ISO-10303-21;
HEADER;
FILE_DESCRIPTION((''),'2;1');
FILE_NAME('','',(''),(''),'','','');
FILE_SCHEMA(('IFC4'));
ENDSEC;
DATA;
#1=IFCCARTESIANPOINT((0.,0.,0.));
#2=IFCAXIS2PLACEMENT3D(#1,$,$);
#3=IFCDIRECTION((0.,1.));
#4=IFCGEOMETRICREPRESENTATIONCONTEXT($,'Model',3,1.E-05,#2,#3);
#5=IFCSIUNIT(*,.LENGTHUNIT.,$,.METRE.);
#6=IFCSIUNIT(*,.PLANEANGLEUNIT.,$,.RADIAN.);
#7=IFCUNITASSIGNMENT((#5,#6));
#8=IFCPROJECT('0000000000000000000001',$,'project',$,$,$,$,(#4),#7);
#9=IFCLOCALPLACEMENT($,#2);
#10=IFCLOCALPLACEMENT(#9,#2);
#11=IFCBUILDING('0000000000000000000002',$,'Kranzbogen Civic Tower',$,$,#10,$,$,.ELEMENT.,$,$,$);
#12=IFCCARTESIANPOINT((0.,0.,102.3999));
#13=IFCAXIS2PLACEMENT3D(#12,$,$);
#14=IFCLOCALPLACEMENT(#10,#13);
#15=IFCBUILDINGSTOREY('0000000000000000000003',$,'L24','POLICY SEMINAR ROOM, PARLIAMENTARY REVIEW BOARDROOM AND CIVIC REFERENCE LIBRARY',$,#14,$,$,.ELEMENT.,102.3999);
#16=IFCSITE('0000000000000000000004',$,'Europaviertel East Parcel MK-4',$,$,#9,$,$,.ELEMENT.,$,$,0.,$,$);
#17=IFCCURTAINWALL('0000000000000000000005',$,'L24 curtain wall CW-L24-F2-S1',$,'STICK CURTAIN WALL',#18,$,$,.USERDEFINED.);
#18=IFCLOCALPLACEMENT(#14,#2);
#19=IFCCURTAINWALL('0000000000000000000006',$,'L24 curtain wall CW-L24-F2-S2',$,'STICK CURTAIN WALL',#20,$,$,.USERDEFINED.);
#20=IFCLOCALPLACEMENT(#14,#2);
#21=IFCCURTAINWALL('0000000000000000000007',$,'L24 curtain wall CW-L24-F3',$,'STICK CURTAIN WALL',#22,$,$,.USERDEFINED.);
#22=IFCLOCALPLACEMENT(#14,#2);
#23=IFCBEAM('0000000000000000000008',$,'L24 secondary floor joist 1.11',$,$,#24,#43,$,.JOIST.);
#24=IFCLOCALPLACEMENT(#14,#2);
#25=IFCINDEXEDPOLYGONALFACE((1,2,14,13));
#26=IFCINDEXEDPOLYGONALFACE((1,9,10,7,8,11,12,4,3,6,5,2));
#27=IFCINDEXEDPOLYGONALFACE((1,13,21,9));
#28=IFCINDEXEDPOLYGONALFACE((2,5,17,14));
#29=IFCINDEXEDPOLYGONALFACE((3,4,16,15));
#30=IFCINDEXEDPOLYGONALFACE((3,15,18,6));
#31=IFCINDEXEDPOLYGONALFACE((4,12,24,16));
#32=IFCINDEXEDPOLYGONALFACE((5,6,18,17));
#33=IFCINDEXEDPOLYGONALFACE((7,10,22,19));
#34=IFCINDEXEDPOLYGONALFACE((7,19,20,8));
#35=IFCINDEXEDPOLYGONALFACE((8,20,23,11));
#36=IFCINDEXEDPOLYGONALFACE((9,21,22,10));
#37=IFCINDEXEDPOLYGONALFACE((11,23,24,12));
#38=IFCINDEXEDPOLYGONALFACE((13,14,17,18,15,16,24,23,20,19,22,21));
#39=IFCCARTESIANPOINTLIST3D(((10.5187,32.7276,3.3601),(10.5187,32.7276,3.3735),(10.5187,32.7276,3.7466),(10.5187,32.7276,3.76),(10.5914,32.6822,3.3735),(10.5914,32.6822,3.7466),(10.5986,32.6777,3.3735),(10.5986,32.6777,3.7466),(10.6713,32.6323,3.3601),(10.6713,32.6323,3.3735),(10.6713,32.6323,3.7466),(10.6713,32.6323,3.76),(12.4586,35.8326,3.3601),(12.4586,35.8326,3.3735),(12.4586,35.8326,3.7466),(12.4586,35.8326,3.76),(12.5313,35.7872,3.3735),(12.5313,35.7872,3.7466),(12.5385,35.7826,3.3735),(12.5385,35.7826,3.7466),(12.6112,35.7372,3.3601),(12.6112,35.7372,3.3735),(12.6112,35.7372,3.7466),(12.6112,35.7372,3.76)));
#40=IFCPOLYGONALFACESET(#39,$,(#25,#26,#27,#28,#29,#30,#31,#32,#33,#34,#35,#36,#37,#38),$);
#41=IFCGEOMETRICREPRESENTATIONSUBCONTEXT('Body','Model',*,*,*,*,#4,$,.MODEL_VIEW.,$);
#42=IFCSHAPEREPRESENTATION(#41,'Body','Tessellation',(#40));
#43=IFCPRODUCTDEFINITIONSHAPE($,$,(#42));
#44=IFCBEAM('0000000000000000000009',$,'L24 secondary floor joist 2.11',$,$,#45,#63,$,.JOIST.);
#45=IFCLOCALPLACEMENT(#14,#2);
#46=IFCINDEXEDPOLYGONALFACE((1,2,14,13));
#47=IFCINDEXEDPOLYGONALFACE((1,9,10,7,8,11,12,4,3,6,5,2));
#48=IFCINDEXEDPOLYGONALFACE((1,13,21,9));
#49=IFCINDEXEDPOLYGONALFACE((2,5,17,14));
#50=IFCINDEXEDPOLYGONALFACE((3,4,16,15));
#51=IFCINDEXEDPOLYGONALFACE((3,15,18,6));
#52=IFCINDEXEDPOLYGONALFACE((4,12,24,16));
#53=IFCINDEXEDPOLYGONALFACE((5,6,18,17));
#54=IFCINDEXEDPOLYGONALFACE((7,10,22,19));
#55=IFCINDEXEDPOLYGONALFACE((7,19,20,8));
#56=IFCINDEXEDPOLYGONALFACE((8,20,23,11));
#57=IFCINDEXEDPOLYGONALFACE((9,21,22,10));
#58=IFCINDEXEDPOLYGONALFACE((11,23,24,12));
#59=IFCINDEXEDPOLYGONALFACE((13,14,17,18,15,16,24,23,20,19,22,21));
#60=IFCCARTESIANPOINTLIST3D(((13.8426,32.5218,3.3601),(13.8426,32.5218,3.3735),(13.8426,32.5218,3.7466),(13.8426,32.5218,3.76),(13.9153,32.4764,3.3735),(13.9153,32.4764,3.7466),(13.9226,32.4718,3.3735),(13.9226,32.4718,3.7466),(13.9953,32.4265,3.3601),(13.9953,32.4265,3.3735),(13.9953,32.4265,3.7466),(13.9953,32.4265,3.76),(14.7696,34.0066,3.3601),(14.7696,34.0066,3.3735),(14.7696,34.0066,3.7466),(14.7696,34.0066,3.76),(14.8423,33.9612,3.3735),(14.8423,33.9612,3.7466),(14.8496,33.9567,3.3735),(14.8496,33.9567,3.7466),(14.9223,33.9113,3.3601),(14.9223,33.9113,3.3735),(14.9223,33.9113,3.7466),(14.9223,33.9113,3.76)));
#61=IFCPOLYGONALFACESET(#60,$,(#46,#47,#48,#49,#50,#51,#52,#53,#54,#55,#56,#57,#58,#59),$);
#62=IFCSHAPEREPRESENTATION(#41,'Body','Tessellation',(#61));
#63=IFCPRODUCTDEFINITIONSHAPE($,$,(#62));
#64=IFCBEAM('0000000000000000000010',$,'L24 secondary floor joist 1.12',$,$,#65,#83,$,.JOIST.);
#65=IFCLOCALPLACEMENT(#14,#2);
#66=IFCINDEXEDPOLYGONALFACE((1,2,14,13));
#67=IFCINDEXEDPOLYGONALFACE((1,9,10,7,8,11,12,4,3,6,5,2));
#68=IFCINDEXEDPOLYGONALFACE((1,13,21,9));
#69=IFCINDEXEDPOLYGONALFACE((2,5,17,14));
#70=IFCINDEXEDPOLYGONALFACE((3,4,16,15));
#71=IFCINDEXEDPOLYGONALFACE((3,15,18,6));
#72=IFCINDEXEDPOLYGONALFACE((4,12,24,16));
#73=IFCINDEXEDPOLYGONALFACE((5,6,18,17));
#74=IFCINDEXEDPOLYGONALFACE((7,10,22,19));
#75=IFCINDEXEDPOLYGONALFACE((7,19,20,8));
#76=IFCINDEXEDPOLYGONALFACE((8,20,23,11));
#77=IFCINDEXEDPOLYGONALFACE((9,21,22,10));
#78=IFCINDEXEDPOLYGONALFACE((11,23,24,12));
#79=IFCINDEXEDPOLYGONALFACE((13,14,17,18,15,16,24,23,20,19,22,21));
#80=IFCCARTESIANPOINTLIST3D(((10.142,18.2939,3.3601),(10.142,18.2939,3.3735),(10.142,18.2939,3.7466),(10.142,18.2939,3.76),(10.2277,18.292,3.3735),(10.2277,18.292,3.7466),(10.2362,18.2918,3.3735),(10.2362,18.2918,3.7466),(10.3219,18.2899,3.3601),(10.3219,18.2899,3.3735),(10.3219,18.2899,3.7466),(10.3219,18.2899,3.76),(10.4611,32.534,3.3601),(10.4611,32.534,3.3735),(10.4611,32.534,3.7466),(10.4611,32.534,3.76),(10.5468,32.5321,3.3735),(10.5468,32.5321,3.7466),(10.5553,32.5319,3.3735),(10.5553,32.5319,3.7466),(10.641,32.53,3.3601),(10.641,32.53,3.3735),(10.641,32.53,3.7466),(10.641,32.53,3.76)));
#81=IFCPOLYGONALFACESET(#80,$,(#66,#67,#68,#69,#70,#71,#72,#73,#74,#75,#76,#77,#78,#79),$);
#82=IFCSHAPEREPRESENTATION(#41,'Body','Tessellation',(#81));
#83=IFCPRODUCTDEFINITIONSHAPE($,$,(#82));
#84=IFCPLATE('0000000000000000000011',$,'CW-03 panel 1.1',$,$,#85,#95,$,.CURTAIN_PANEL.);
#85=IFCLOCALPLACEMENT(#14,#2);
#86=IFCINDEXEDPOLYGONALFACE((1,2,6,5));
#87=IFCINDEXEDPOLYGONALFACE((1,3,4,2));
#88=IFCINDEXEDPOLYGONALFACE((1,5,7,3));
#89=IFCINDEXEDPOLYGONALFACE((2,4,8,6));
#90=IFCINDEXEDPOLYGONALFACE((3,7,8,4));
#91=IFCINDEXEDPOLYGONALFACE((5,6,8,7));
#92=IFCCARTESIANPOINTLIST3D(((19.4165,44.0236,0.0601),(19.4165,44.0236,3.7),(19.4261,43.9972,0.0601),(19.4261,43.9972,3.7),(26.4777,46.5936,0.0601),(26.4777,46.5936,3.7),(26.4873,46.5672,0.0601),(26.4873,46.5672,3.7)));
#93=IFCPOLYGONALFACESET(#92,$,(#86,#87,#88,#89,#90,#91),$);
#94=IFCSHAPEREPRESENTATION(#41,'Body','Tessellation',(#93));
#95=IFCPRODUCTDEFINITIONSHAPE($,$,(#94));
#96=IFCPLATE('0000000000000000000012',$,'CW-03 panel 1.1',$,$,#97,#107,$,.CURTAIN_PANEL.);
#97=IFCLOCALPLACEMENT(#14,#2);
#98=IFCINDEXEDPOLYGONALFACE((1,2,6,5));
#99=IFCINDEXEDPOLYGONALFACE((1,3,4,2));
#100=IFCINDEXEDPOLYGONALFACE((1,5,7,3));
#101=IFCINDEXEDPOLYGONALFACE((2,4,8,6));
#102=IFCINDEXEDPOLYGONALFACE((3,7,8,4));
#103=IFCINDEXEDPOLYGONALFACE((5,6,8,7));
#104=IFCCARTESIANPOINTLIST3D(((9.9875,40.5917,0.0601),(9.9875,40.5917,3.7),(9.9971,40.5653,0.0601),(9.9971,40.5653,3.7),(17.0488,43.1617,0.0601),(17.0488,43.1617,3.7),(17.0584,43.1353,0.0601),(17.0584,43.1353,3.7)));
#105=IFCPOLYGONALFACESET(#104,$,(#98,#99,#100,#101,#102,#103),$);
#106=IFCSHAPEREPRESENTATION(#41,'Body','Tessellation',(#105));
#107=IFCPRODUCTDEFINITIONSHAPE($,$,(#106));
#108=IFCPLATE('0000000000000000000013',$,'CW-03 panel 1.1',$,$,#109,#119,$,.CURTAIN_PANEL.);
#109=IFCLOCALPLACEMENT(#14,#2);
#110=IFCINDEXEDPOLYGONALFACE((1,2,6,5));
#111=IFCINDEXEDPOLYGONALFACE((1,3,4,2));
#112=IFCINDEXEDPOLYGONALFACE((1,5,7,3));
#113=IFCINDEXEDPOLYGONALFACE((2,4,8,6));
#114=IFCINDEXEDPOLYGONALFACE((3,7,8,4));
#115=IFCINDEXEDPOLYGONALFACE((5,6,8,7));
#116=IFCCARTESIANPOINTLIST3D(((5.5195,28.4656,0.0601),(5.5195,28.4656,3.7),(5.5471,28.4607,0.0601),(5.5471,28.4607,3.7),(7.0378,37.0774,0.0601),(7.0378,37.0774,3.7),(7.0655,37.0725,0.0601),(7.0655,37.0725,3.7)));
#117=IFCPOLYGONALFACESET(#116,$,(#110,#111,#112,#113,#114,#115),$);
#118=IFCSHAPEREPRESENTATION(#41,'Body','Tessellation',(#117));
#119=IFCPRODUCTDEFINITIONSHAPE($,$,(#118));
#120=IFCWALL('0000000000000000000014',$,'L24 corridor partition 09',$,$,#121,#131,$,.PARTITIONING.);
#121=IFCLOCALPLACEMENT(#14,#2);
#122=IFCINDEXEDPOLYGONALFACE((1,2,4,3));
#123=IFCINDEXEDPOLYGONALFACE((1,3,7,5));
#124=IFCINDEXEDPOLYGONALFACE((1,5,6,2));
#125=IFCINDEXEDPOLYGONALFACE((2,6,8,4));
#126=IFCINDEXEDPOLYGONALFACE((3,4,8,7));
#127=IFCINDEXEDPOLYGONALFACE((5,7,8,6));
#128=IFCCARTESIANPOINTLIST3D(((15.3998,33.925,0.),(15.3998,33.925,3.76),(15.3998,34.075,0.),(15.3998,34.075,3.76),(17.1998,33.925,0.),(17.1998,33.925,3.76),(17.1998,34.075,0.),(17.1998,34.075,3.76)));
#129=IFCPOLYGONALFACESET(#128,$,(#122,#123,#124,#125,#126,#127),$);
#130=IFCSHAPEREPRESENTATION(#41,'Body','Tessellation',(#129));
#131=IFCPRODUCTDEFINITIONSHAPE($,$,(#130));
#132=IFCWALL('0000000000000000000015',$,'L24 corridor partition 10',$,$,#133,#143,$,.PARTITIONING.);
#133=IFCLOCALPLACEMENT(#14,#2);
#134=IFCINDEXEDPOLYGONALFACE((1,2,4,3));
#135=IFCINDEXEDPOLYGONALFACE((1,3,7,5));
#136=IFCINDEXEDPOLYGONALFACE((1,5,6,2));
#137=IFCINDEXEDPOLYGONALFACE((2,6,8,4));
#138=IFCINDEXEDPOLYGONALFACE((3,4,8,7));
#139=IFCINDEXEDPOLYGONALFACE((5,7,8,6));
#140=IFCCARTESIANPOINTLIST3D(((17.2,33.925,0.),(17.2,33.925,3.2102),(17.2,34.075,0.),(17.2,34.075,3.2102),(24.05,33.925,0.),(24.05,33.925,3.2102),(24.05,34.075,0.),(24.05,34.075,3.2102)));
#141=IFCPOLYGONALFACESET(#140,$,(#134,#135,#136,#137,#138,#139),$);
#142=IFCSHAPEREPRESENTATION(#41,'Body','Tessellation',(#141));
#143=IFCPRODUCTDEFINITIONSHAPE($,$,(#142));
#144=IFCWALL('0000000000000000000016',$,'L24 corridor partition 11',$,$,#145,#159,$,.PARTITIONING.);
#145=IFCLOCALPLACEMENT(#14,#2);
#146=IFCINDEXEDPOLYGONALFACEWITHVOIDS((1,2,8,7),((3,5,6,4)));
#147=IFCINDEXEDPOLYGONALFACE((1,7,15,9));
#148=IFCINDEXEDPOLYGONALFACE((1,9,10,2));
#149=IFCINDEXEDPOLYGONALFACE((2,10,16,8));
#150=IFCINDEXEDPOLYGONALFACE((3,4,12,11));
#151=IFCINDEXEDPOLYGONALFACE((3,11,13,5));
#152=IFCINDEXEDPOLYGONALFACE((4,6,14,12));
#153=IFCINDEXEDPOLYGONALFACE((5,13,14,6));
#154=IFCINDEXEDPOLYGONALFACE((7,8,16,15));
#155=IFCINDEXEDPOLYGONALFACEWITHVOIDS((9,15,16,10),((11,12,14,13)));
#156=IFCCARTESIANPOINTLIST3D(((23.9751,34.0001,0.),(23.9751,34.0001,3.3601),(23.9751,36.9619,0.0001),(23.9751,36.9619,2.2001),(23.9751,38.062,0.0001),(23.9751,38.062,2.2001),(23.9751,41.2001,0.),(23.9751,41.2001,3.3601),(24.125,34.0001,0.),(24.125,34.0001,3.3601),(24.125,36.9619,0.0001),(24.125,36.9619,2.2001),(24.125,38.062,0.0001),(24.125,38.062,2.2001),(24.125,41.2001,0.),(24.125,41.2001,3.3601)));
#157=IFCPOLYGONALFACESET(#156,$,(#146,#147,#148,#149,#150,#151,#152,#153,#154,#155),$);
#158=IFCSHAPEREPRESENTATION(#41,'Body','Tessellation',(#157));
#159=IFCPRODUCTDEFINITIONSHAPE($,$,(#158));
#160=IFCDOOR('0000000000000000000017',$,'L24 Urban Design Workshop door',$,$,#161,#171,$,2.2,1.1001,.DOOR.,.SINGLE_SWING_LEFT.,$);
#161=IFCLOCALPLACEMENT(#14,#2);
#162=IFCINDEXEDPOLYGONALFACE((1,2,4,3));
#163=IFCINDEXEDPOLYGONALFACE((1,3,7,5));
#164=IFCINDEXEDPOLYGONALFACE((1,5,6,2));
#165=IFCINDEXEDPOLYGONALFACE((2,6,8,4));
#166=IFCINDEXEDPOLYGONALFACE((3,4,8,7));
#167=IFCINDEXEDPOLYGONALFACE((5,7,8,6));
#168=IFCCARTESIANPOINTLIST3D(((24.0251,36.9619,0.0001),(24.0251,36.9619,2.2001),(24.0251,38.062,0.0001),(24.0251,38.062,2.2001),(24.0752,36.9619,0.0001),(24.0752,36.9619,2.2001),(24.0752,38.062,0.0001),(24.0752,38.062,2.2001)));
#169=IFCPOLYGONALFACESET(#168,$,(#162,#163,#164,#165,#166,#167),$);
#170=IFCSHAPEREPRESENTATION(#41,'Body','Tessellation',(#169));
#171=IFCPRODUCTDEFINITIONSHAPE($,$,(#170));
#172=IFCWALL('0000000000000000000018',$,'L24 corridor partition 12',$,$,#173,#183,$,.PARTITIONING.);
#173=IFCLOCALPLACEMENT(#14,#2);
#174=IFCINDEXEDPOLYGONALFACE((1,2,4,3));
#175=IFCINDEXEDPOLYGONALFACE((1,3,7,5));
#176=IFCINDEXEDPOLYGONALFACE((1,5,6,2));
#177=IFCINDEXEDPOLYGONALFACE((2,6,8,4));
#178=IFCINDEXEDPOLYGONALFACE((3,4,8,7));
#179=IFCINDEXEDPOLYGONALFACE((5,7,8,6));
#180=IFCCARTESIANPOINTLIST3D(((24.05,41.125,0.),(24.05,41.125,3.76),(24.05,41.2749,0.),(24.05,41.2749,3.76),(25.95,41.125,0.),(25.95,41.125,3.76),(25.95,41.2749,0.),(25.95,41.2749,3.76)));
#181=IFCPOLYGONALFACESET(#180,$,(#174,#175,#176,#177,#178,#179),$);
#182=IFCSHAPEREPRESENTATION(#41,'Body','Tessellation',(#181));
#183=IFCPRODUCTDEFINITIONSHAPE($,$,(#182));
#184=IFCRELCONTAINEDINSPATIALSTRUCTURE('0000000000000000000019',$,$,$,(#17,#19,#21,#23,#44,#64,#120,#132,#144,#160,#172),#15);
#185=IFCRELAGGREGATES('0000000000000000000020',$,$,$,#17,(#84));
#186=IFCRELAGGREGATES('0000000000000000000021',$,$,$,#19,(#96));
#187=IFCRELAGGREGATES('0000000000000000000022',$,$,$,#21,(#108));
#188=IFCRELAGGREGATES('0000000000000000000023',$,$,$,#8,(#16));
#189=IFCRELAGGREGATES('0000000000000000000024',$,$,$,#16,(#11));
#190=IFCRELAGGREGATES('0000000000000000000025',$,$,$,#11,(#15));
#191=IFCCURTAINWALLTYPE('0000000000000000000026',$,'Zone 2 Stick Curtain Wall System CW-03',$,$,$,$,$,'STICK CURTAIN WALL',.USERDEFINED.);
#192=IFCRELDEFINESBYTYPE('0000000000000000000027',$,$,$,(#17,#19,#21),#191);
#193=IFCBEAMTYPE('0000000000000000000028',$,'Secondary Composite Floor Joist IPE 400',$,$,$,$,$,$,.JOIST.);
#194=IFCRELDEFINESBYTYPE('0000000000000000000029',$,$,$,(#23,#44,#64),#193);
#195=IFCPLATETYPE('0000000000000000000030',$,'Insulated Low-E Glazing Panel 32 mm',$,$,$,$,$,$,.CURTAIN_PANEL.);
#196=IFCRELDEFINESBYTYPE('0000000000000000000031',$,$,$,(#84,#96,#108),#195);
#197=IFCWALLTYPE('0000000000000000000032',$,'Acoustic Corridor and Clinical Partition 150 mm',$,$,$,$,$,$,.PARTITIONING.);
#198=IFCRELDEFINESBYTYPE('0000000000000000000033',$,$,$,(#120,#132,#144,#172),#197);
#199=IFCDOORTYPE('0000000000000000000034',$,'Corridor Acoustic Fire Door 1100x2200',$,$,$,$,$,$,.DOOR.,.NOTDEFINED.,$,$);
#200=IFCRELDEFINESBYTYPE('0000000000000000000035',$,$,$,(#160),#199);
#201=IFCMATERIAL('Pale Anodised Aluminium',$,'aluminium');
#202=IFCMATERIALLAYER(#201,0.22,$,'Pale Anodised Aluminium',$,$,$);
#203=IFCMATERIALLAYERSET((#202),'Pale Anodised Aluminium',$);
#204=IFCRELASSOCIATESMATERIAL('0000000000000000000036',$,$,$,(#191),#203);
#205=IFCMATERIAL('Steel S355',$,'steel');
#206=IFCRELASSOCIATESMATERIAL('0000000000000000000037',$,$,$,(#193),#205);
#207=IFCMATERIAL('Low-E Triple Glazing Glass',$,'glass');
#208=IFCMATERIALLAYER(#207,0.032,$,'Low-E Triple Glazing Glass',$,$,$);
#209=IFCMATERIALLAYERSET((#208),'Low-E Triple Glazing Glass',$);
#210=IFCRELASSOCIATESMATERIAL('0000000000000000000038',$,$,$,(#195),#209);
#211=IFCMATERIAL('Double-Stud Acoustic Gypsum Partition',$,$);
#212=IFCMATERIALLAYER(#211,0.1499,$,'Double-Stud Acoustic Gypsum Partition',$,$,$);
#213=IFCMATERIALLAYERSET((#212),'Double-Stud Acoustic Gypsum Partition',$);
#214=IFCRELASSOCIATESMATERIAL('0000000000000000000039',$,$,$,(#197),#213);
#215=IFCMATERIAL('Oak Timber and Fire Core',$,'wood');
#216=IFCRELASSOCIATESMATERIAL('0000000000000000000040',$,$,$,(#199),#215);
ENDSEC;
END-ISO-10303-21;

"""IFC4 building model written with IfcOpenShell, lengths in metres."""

from ifc_helpers import new_model, si_unit, direction, frame, frame_2d, origin, origin_2d, place, context, subcontext, project, spatial, rectangle, i_section, extrude, material, layer, layer_set, material_profile, profile_set, type_object, element, fill, aggregate, save


model = new_model("IFC4")

# Units and contexts
model_context = context("Model", 3, precision=1e-05, world=origin(), true_north=direction((0.0, 1.0)))
body_context = subcontext(model_context, "Body", "Model", "MODEL_VIEW")
ifc_project = project(units=[si_unit("LENGTHUNIT", "METRE"), si_unit("PLANEANGLEUNIT", "RADIAN")], contexts=[model_context])

# Site, building, storey
site_placement = place(None, origin())
site = spatial("IfcSite", under=ifc_project, at=site_placement, Name="Europaviertel East Parcel MK-4", CompositionType="ELEMENT", RefElevation=0.0)
building_placement = place(site_placement, origin())
building = spatial("IfcBuilding", under=site, at=building_placement, Name="Kranzbogen Civic Tower", CompositionType="ELEMENT")
storey_placement = place(building_placement, frame((0.0, 0.0, 102.3999)))
storey = spatial("IfcBuildingStorey", under=building, at=storey_placement, Name="L24", Description="POLICY SEMINAR ROOM, PARLIAMENTARY REVIEW BOARDROOM AND CIVIC REFERENCE LIBRARY", CompositionType="ELEMENT", Elevation=102.3999)

# Curtain wall
ifc_material_1 = material(Name="Pale Anodised Aluminium", Category="aluminium")
ifc_layer_1 = layer(ifc_material_1, 0.22, Name="Pale Anodised Aluminium")
ifc_layer_set_1 = layer_set([ifc_layer_1], Name="Pale Anodised Aluminium")
curtain_wall_type = type_object("IfcCurtainWallType", Name="Zone 2 Stick Curtain Wall System CW-03", ElementType="STICK CURTAIN WALL", PredefinedType="USERDEFINED", material=ifc_layer_set_1)
curtain_wall_1_placement = place(storey_placement, origin())
curtain_wall_1 = element("IfcCurtainWall", 1, at=curtain_wall_1_placement, inside=storey, type_object=curtain_wall_type, Name="L24 curtain wall CW-L24-F2-S1", ObjectType="STICK CURTAIN WALL", PredefinedType="USERDEFINED")

# Curtain wall
curtain_wall_2_placement = place(storey_placement, origin())
curtain_wall_2 = element("IfcCurtainWall", 2, at=curtain_wall_2_placement, inside=storey, type_object=curtain_wall_type, Name="L24 curtain wall CW-L24-F2-S2", ObjectType="STICK CURTAIN WALL", PredefinedType="USERDEFINED")

# Curtain wall
curtain_wall_3_placement = place(storey_placement, origin())
curtain_wall_3 = element("IfcCurtainWall", 3, at=curtain_wall_3_placement, inside=storey, type_object=curtain_wall_type, Name="L24 curtain wall CW-L24-F3", ObjectType="STICK CURTAIN WALL", PredefinedType="USERDEFINED")

# Beams
ifc_material_2 = material(Name="Steel S355", Category="steel")
ifc_material_profile_1 = material_profile(ifc_material_2, i_section(OverallWidth=0.1799, OverallDepth=0.3999, WebThickness=0.0085, FlangeThickness=0.0134, at=origin_2d()), Name="IPE 400")
ifc_profile_set_1 = profile_set([ifc_material_profile_1], Name="Steel S355")
beam_type_1 = type_object("IfcBeamType", Name="Secondary Composite Floor Joist IPE 400", PredefinedType="JOIST", material=ifc_profile_set_1)
beam_1_placement = place(storey_placement, frame((12.5349, 35.7849, 3.5601), z_axis=(-0.529867, -0.848081, 0.0), x_axis=(0.848081, -0.529867, 0.0)))
element("IfcBeam", 4, at=beam_1_placement, inside=storey, type_object=beam_type_1, Name="L24 secondary floor joist 1.11", PredefinedType="JOIST", context=body_context, shape_type="SweptSolid", body=[
    extrude(i_section(OverallWidth=0.1799, OverallDepth=0.3999, WebThickness=0.0085, FlangeThickness=0.0134, at=origin_2d()), origin(), (0.0, 0.0, 1.0), 3.6611),
])
beam_2_placement = place(storey_placement, frame((14.8459, 33.959, 3.5601), z_axis=(-0.529573, -0.848265, 0.0), x_axis=(0.848265, -0.529573, 0.0)))
element("IfcBeam", 5, at=beam_2_placement, inside=storey, type_object=beam_type_1, Name="L24 secondary floor joist 2.11", PredefinedType="JOIST", context=body_context, shape_type="SweptSolid", body=[
    extrude(i_section(OverallWidth=0.1799, OverallDepth=0.3999, WebThickness=0.0085, FlangeThickness=0.0134, at=origin_2d()), origin(), (0.0, 0.0, 1.0), 1.7505),
])
beam_3_placement = place(storey_placement, frame((10.551, 32.532, 3.5601), z_axis=(-0.022403, -0.999749, 0.0), x_axis=(0.999749, -0.022403, 0.0)))
element("IfcBeam", 6, at=beam_3_placement, inside=storey, type_object=beam_type_1, Name="L24 secondary floor joist 1.12", PredefinedType="JOIST", context=body_context, shape_type="SweptSolid", body=[
    extrude(i_section(OverallWidth=0.1799, OverallDepth=0.3999, WebThickness=0.0085, FlangeThickness=0.0134, at=origin_2d()), origin(), (0.0, 0.0, 1.0), 14.2437),
])

# Plates
ifc_material_3 = material(Name="Low-E Triple Glazing Glass", Category="glass")
ifc_layer_2 = layer(ifc_material_3, 0.032, Name="Low-E Triple Glazing Glass")
ifc_layer_set_2 = layer_set([ifc_layer_2], Name="Low-E Triple Glazing Glass")
plate_type = type_object("IfcPlateType", Name="Insulated Low-E Glazing Panel 32 mm", PredefinedType="CURTAIN_PANEL", material=ifc_layer_set_2)
plate_1_placement = place(storey_placement, frame((22.9519, 45.2954, 0.0601), z_axis=(0.0, 0.0, 1.0), x_axis=(-0.939698, -0.342006, 0.0)))
plate_1 = element("IfcPlate", 7, at=plate_1_placement, type_object=plate_type, Name="CW-03 panel 1.1", PredefinedType="CURTAIN_PANEL", context=body_context, shape_type="SweptSolid", body=[
    extrude(rectangle(XDim=7.5144, YDim=0.0281, at=origin_2d()), origin(), (0.0, 0.0, 1.0), 3.6399),
])
aggregate(curtain_wall_1, [plate_1])
plate_2_placement = place(storey_placement, frame((13.5229, 41.8635, 0.0601), z_axis=(0.0, 0.0, 1.0), x_axis=(-0.939698, -0.342006, 0.0)))
plate_2 = element("IfcPlate", 8, at=plate_2_placement, type_object=plate_type, Name="CW-03 panel 1.1", PredefinedType="CURTAIN_PANEL", context=body_context, shape_type="SweptSolid", body=[
    extrude(rectangle(XDim=7.5144, YDim=0.0281, at=origin_2d()), origin(), (0.0, 0.0, 1.0), 3.6399),
])
aggregate(curtain_wall_2, [plate_2])
plate_3_placement = place(storey_placement, frame((6.2925, 32.769, 0.0601), z_axis=(0.0, 0.0, 1.0), x_axis=(-0.173634, -0.98481, 0.0)))
plate_3 = element("IfcPlate", 9, at=plate_3_placement, type_object=plate_type, Name="CW-03 panel 1.1", PredefinedType="CURTAIN_PANEL", context=body_context, shape_type="SweptSolid", body=[
    extrude(rectangle(XDim=8.7446, YDim=0.0281, at=origin_2d()), origin(), (0.0, 0.0, 1.0), 3.6399),
])
aggregate(curtain_wall_3, [plate_3])

# Walls
ifc_material_4 = material(Name="Double-Stud Acoustic Gypsum Partition")
ifc_layer_3 = layer(ifc_material_4, 0.1499, Name="Double-Stud Acoustic Gypsum Partition")
ifc_layer_set_3 = layer_set([ifc_layer_3], Name="Double-Stud Acoustic Gypsum Partition")
wall_type_1 = type_object("IfcWallType", Name="Acoustic Corridor and Clinical Partition 150 mm", PredefinedType="PARTITIONING", material=ifc_layer_set_3)
wall_1_placement = place(storey_placement, frame((15.3999, 34.0, 0.0), z_axis=(0.0, 0.0, 1.0), x_axis=(1.0, 0.0, 0.0)))
element("IfcWall", 10, at=wall_1_placement, inside=storey, type_object=wall_type_1, Name="L24 corridor partition 09", PredefinedType="PARTITIONING", context=body_context, shape_type="SweptSolid", body=[
    extrude(rectangle(XDim=1.8, YDim=0.1499, at=frame_2d((0.8999, 0.0))), origin(), (0.0, 0.0, 1.0), 3.76),
])
wall_2_placement = place(storey_placement, frame((17.2, 34.0, 0.0), z_axis=(0.0, 0.0, 1.0), x_axis=(1.0, 0.0, 0.0)))
element("IfcWall", 11, at=wall_2_placement, inside=storey, type_object=wall_type_1, Name="L24 corridor partition 10", PredefinedType="PARTITIONING", context=body_context, shape_type="SweptSolid", body=[
    extrude(rectangle(XDim=6.8501, YDim=0.1499, at=frame_2d((3.425, 0.0))), origin(), (0.0, 0.0, 1.0), 3.2102),
])

# Wall, opening, door
wall_3_placement = place(storey_placement, frame((24.05, 34.0, 0.0), z_axis=(0.0, 0.0, 1.0), x_axis=(0.0, 1.0, 0.0)))
wall_3 = element("IfcWall", 12, at=wall_3_placement, inside=storey, type_object=wall_type_1, Name="L24 corridor partition 11", PredefinedType="PARTITIONING", context=body_context, shape_type="SweptSolid", body=[
    extrude(rectangle(XDim=7.2, YDim=0.1499, at=frame_2d((3.6001, 0.0))), origin(), (0.0, 0.0, 1.0), 3.3601),
])
opening_1_placement = place(wall_3_placement, frame((2.9619, 0.0, 0.0)))
opening_1 = element("IfcOpeningElement", 13, at=opening_1_placement, cuts=wall_3, PredefinedType="OPENING", context=body_context, shape_type="SweptSolid", body=[
    extrude(rectangle(XDim=1.1001, YDim=2.2, at=frame_2d((0.55, 1.1001))), frame((0.0, 0.085, 0.0), z_axis=(0.0, -1.0, 0.0), x_axis=(1.0, 0.0, 0.0)), (0.0, 0.0, 1.0), 0.1699),
])
ifc_material_5 = material(Name="Oak Timber and Fire Core", Category="wood")
door_type_1 = type_object("IfcDoorType", Name="Corridor Acoustic Fire Door 1100x2200", OperationType="NOTDEFINED", PredefinedType="DOOR", material=ifc_material_5)
door_1_placement = place(opening_1_placement, origin())
door_1 = element("IfcDoor", 14, at=door_1_placement, inside=storey, type_object=door_type_1, Name="L24 Urban Design Workshop door", OperationType="SINGLE_SWING_LEFT", OverallHeight=2.2, OverallWidth=1.1001, PredefinedType="DOOR", context=body_context, shape_type="SweptSolid", body=[
    extrude(rectangle(XDim=1.1001, YDim=2.2, at=frame_2d((0.55, 1.1001))), frame((0.0, 0.0249, 0.0), z_axis=(0.0, -1.0, 0.0), x_axis=(1.0, 0.0, 0.0)), (0.0, 0.0, 1.0), 0.05),
])
fill(opening_1, door_1)

# Wall
wall_4_placement = place(storey_placement, frame((24.05, 41.2, 0.0), z_axis=(0.0, 0.0, 1.0), x_axis=(1.0, 0.0, 0.0)))
element("IfcWall", 15, at=wall_4_placement, inside=storey, type_object=wall_type_1, Name="L24 corridor partition 12", PredefinedType="PARTITIONING", context=body_context, shape_type="SweptSolid", body=[
    extrude(rectangle(XDim=1.8999, YDim=0.1499, at=frame_2d((0.95, 0.0))), origin(), (0.0, 0.0, 1.0), 3.76),
])

save(model, "model.ifc")
